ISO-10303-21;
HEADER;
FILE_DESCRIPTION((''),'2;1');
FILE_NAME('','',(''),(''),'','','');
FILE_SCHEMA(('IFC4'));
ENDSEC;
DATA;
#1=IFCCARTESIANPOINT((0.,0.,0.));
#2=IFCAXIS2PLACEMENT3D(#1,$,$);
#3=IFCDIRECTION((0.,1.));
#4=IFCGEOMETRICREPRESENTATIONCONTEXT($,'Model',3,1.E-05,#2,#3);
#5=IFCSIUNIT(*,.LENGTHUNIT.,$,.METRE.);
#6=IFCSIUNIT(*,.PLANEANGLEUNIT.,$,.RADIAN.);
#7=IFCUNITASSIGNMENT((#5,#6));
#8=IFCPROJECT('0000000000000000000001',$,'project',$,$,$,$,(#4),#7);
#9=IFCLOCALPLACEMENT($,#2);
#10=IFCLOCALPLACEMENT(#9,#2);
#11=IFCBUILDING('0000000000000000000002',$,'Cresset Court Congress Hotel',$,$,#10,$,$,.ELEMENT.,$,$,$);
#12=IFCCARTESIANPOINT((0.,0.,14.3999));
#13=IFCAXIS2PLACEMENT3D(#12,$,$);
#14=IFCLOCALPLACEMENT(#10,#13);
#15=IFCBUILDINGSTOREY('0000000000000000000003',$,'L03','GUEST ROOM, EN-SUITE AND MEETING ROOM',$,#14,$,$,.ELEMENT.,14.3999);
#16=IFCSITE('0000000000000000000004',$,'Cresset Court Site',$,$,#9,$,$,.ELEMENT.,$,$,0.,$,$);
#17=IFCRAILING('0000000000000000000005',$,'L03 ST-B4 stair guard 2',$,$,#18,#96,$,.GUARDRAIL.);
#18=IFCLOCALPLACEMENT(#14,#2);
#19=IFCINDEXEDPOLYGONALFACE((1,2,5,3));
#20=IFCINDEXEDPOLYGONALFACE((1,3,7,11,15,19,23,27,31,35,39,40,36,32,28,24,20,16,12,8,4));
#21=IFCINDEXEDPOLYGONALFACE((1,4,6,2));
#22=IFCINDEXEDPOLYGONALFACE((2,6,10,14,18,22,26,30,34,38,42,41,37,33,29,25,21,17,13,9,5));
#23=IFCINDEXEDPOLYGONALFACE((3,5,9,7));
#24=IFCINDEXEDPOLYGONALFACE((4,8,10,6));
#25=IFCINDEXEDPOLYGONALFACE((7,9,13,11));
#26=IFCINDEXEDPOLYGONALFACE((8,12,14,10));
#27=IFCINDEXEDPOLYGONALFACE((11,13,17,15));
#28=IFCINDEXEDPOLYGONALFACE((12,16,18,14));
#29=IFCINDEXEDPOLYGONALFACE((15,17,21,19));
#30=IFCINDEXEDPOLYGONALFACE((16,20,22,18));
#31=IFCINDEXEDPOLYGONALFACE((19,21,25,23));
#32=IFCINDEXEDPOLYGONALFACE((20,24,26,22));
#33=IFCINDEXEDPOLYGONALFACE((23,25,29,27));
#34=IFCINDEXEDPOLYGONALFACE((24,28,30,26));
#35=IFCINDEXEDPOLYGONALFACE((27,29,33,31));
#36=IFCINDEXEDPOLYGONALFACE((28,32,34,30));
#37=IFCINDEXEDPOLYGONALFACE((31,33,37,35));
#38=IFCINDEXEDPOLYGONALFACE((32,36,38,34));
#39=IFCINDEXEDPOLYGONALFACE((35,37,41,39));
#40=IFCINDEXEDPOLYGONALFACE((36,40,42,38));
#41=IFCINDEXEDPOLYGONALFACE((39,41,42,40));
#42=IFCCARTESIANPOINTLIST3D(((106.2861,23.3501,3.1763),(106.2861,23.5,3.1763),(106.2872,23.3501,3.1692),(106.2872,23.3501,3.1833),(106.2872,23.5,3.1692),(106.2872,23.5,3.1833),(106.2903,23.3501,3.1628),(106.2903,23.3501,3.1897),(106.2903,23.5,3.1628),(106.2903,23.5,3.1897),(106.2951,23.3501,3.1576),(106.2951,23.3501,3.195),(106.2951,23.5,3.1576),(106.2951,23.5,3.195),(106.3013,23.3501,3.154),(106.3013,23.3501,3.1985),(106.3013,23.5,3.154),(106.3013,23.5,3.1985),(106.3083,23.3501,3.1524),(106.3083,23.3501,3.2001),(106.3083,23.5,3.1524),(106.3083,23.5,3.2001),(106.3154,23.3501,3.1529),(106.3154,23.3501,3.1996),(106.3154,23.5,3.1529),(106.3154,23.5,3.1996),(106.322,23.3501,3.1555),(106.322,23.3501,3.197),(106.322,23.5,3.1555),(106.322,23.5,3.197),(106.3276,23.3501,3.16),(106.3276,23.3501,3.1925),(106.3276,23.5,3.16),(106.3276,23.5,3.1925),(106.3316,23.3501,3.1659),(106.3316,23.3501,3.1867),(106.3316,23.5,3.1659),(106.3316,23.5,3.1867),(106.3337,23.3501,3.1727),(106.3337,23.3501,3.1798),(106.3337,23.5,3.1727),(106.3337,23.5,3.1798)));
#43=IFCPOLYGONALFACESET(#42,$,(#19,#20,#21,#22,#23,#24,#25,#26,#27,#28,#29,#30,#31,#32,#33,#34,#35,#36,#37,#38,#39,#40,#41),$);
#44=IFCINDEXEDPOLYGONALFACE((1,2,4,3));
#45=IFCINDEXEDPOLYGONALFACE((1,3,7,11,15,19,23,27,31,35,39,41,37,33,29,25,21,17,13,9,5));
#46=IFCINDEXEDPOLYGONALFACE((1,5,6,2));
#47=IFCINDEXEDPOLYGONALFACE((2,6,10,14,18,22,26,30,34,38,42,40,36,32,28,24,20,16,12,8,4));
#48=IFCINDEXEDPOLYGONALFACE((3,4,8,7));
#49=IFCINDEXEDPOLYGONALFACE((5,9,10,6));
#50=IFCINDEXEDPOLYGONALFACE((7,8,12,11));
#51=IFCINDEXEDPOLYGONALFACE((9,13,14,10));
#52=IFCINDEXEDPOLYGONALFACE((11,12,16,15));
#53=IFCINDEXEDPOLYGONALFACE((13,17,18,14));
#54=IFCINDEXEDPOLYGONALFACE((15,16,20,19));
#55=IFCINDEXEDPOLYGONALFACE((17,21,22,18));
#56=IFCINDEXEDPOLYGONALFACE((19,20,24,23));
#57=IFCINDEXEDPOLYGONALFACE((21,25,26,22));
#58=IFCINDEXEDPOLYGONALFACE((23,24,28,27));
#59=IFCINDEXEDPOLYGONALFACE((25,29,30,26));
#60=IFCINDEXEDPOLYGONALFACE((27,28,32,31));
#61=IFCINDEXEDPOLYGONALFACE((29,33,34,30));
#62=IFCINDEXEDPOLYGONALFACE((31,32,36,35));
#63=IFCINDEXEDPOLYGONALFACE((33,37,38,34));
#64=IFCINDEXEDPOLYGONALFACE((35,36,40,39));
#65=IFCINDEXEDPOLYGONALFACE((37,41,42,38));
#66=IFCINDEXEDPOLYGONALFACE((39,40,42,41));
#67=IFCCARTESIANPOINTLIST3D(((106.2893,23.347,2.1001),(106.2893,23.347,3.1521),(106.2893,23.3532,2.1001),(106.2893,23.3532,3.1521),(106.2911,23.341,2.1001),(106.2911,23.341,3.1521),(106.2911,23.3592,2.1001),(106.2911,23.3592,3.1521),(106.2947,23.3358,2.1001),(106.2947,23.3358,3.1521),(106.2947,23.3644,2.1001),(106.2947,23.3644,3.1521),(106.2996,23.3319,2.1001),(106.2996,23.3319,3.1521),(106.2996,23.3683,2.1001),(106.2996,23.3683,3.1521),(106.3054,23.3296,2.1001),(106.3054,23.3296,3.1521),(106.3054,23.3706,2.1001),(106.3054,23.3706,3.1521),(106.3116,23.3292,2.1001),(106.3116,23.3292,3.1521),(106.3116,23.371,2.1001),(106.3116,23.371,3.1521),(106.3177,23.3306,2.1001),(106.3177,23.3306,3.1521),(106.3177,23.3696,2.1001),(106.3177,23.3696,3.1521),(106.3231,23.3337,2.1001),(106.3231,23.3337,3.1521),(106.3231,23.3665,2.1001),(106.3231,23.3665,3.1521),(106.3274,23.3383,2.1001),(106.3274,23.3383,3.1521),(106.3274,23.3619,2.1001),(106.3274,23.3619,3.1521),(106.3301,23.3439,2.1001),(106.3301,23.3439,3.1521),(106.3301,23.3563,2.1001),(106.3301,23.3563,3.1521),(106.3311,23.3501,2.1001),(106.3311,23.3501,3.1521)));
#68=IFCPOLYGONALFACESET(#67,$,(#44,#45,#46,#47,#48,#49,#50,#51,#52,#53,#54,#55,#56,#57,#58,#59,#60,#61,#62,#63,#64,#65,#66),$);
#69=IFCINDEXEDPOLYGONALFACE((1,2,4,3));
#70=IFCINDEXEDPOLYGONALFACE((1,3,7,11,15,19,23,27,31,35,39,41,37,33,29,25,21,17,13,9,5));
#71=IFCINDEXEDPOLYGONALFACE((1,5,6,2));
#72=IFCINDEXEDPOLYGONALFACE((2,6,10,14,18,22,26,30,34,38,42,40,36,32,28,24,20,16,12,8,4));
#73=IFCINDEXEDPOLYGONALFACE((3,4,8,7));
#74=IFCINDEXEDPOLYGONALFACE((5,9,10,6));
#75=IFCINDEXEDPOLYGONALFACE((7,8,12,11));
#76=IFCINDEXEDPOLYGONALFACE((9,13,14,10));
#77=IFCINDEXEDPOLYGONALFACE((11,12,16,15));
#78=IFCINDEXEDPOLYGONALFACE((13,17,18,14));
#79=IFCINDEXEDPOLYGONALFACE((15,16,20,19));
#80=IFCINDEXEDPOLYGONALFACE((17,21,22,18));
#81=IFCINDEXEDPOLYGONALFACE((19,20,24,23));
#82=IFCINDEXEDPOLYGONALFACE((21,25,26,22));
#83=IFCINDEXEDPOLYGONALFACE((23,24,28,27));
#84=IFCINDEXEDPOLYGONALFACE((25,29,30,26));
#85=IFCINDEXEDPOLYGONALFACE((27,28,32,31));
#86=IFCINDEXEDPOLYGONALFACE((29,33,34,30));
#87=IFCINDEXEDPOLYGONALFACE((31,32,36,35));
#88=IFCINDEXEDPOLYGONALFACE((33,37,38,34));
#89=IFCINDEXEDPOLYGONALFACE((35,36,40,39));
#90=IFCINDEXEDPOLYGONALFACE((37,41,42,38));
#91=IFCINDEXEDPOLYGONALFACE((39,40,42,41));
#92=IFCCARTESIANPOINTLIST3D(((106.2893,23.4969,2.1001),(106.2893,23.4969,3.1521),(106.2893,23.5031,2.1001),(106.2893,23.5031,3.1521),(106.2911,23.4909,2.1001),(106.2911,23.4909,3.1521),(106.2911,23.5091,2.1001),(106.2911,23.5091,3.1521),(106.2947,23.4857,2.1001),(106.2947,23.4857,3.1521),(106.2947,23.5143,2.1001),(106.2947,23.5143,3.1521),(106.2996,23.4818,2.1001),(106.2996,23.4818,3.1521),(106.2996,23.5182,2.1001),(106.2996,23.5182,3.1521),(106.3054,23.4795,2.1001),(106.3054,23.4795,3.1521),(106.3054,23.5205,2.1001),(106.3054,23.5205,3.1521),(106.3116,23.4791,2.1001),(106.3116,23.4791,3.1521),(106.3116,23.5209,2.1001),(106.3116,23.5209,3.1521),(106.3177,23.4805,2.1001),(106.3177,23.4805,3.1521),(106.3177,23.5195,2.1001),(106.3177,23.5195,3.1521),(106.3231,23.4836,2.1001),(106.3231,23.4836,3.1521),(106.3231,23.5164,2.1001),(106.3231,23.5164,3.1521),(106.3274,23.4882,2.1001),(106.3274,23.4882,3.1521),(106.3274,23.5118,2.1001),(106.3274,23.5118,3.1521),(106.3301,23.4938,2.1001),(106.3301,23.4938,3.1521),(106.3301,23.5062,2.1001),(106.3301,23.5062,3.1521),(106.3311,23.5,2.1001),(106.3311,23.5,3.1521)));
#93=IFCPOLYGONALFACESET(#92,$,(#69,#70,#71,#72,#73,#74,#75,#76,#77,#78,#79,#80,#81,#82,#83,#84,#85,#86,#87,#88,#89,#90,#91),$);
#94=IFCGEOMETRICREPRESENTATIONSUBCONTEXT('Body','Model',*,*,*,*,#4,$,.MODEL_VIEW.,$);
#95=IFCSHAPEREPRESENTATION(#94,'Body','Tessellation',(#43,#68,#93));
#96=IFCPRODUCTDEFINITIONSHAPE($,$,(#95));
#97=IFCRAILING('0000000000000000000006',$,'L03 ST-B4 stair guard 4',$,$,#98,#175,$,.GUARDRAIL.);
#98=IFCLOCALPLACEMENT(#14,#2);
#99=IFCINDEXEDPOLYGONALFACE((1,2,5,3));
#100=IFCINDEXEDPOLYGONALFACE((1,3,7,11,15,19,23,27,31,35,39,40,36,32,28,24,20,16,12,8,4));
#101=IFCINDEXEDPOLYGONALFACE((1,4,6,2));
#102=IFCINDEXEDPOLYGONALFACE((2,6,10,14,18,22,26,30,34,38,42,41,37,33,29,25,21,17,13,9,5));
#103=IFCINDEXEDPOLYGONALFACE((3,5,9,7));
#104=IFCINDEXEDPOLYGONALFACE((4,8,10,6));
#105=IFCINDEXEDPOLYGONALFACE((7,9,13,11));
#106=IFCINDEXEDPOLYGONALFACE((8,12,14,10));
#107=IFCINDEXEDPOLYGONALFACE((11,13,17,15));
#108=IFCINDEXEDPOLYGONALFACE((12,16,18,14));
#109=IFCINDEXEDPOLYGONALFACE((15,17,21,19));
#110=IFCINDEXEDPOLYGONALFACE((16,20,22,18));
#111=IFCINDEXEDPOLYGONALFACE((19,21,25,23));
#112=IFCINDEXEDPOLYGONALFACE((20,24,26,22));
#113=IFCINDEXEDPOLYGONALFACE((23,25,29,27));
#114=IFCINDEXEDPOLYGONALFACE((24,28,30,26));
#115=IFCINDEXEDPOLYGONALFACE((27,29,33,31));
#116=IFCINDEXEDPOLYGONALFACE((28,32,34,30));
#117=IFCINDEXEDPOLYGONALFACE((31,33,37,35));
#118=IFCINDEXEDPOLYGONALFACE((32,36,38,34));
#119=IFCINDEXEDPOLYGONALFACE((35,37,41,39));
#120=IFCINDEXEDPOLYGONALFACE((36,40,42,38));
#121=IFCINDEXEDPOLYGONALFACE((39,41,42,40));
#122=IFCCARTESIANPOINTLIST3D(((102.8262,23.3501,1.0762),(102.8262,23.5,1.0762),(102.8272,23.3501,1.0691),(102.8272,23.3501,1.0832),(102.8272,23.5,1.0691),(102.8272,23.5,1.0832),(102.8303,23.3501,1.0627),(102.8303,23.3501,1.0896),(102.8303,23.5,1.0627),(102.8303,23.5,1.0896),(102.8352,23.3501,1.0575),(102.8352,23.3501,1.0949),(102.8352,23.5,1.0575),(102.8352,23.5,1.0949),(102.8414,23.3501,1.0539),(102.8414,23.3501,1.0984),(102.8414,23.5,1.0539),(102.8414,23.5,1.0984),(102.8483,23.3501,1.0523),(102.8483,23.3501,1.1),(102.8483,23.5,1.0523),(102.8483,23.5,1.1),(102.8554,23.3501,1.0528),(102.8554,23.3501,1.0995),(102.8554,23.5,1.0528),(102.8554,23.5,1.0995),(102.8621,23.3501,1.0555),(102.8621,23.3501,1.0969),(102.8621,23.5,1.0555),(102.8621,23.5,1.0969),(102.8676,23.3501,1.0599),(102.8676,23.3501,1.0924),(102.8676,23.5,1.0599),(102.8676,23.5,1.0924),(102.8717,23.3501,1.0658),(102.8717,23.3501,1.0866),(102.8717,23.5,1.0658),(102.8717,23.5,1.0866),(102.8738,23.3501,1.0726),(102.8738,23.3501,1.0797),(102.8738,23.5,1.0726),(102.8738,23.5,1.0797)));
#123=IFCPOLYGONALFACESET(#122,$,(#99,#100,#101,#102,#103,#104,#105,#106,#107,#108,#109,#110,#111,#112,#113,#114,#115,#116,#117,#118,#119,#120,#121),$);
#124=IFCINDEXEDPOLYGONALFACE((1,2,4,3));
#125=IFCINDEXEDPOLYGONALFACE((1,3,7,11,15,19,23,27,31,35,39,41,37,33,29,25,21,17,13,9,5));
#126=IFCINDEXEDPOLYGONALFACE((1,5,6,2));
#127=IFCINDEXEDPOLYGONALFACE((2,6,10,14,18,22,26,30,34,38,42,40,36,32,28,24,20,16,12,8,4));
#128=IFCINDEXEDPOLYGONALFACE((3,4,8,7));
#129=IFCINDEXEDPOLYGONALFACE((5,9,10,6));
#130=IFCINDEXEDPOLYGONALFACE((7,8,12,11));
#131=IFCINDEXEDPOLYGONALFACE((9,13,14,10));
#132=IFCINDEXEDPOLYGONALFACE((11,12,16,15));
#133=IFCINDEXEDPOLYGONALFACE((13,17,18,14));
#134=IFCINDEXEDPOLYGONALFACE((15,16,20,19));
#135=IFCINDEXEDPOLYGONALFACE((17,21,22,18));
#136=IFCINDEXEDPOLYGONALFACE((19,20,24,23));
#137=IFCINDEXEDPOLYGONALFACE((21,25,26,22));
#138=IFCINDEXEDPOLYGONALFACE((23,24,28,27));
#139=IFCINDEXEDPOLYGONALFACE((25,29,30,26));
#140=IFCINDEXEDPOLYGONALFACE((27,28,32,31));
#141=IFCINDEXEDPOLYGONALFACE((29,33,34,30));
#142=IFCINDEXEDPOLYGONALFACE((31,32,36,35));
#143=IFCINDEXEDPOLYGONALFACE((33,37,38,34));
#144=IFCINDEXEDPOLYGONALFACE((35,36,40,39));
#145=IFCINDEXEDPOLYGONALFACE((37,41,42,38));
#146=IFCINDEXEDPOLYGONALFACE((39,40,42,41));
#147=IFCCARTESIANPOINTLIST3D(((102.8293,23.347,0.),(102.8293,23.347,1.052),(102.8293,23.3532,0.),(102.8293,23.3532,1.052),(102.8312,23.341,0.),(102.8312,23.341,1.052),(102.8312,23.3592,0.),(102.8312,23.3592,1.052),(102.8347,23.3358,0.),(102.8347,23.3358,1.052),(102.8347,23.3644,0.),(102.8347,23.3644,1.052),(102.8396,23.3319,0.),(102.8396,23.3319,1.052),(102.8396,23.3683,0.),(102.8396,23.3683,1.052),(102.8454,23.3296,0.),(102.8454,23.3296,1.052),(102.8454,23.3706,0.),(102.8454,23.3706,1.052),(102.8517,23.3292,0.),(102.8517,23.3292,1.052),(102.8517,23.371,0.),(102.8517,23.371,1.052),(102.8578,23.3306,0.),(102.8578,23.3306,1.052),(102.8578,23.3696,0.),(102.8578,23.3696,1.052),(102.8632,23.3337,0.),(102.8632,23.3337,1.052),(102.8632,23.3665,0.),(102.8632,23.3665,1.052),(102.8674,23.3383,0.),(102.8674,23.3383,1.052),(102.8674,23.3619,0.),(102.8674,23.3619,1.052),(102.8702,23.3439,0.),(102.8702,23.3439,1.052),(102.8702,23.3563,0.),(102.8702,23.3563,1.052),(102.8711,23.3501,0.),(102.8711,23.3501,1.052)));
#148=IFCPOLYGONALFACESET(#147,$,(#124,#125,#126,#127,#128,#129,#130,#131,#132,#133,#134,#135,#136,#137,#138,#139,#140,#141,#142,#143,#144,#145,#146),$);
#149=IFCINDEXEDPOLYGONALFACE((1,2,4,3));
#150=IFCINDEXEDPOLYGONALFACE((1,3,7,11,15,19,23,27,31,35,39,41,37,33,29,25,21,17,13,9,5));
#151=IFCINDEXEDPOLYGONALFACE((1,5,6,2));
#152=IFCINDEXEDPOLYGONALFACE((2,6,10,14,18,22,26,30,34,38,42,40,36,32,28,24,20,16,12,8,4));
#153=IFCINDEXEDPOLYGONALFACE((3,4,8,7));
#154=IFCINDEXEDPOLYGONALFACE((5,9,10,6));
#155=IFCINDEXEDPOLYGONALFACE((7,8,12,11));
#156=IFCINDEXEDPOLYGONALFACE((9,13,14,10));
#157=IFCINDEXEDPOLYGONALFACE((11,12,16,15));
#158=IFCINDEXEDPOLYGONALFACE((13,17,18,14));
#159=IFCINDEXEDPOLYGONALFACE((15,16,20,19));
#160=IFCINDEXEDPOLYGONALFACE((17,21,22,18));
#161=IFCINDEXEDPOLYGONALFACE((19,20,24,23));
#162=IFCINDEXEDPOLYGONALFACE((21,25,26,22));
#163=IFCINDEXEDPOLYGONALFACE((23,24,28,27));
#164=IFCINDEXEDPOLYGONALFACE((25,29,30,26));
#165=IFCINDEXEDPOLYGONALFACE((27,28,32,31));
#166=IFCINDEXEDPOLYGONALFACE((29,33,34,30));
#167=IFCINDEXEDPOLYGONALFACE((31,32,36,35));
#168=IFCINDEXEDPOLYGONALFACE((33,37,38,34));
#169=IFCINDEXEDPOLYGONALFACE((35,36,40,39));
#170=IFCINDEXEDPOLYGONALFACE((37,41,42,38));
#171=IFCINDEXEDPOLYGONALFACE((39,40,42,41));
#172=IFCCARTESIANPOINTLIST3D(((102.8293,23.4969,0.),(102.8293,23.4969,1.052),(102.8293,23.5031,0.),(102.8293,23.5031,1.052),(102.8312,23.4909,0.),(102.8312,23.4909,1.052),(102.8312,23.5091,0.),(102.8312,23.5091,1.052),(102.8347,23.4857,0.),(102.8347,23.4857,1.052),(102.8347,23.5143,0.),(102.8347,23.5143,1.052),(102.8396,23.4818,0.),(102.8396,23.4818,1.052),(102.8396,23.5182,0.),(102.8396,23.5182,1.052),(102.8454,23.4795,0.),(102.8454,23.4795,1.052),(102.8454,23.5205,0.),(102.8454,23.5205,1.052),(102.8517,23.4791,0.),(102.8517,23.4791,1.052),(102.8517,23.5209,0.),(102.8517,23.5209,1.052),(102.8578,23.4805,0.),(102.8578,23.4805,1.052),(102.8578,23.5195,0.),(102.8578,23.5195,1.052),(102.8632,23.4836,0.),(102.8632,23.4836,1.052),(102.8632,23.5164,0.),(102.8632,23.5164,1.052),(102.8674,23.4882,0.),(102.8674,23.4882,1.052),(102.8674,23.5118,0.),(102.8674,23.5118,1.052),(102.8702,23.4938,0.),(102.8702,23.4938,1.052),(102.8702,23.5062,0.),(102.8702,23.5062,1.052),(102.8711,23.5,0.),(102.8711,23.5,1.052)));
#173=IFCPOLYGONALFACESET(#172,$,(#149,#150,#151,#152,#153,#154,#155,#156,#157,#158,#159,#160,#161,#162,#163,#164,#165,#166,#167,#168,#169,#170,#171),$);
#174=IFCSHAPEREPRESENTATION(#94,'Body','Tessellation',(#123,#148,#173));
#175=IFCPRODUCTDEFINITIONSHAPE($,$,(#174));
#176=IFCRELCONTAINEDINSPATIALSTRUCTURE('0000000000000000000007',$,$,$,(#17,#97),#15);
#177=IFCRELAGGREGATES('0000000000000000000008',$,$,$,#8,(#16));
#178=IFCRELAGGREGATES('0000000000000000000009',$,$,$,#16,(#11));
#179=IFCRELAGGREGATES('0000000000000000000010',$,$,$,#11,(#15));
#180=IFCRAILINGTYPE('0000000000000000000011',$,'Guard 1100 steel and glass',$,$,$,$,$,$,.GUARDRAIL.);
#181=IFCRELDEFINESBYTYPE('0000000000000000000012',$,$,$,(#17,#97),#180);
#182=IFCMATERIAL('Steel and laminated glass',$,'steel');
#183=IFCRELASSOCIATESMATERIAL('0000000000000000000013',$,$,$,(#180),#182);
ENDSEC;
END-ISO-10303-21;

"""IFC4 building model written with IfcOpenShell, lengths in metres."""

from ifc_helpers import new_model, si_unit, direction, frame, origin, origin_2d, place, context, subcontext, project, spatial, circle, extrude, material, type_object, element, save


model = new_model("IFC4")

# Units and contexts
model_context = context("Model", 3, precision=1e-05, world=origin(), true_north=direction((0.0, 1.0)))
body_context = subcontext(model_context, "Body", "Model", "MODEL_VIEW")
ifc_project = project(units=[si_unit("LENGTHUNIT", "METRE"), si_unit("PLANEANGLEUNIT", "RADIAN")], contexts=[model_context])

# Site, building, storey
site_placement = place(None, origin())
site = spatial("IfcSite", under=ifc_project, at=site_placement, Name="Cresset Court Site", CompositionType="ELEMENT", RefElevation=0.0)
building_placement = place(site_placement, origin())
building = spatial("IfcBuilding", under=site, at=building_placement, Name="Cresset Court Congress Hotel", CompositionType="ELEMENT")
storey_placement = place(building_placement, frame((0.0, 0.0, 14.3999)))
storey = spatial("IfcBuildingStorey", under=building, at=storey_placement, Name="L03", Description="GUEST ROOM, EN-SUITE AND MEETING ROOM", CompositionType="ELEMENT", Elevation=14.3999)

# Railings
ifc_material_1 = material(Name="Steel and laminated glass", Category="steel")
railing_type_1 = type_object("IfcRailingType", Name="Guard 1100 steel and glass", PredefinedType="GUARDRAIL", material=ifc_material_1)
for number, where, name in (
    (1, (106.3101, 23.3501, 2.1001), "L03 ST-B4 stair guard 2"),
    (2, (102.8501, 23.3501, 0.0), "L03 ST-B4 stair guard 4"),
):
    element("IfcRailing", number, at=place(storey_placement, frame(where)), inside=storey, type_object=railing_type_1, Name=name, PredefinedType="GUARDRAIL", context=body_context, shape_type="SweptSolid", body=[
        extrude(circle(Radius=0.0239, at=origin_2d()), frame((0.0, 0.0, 1.0762), z_axis=(0.0, 1.0, 0.0), x_axis=(-1.0, 0.0, 0.0)), (0.0, 0.0, 1.0), 0.1499),
        extrude(circle(Radius=0.021, at=origin_2d()), origin(), (0.0, 0.0, 1.0), 1.052),
        extrude(circle(Radius=0.021, at=origin_2d()), frame((0.0, 0.1499, 0.0)), (0.0, 0.0, 1.0), 1.052),
    ])

save(model, "model.ifc")
